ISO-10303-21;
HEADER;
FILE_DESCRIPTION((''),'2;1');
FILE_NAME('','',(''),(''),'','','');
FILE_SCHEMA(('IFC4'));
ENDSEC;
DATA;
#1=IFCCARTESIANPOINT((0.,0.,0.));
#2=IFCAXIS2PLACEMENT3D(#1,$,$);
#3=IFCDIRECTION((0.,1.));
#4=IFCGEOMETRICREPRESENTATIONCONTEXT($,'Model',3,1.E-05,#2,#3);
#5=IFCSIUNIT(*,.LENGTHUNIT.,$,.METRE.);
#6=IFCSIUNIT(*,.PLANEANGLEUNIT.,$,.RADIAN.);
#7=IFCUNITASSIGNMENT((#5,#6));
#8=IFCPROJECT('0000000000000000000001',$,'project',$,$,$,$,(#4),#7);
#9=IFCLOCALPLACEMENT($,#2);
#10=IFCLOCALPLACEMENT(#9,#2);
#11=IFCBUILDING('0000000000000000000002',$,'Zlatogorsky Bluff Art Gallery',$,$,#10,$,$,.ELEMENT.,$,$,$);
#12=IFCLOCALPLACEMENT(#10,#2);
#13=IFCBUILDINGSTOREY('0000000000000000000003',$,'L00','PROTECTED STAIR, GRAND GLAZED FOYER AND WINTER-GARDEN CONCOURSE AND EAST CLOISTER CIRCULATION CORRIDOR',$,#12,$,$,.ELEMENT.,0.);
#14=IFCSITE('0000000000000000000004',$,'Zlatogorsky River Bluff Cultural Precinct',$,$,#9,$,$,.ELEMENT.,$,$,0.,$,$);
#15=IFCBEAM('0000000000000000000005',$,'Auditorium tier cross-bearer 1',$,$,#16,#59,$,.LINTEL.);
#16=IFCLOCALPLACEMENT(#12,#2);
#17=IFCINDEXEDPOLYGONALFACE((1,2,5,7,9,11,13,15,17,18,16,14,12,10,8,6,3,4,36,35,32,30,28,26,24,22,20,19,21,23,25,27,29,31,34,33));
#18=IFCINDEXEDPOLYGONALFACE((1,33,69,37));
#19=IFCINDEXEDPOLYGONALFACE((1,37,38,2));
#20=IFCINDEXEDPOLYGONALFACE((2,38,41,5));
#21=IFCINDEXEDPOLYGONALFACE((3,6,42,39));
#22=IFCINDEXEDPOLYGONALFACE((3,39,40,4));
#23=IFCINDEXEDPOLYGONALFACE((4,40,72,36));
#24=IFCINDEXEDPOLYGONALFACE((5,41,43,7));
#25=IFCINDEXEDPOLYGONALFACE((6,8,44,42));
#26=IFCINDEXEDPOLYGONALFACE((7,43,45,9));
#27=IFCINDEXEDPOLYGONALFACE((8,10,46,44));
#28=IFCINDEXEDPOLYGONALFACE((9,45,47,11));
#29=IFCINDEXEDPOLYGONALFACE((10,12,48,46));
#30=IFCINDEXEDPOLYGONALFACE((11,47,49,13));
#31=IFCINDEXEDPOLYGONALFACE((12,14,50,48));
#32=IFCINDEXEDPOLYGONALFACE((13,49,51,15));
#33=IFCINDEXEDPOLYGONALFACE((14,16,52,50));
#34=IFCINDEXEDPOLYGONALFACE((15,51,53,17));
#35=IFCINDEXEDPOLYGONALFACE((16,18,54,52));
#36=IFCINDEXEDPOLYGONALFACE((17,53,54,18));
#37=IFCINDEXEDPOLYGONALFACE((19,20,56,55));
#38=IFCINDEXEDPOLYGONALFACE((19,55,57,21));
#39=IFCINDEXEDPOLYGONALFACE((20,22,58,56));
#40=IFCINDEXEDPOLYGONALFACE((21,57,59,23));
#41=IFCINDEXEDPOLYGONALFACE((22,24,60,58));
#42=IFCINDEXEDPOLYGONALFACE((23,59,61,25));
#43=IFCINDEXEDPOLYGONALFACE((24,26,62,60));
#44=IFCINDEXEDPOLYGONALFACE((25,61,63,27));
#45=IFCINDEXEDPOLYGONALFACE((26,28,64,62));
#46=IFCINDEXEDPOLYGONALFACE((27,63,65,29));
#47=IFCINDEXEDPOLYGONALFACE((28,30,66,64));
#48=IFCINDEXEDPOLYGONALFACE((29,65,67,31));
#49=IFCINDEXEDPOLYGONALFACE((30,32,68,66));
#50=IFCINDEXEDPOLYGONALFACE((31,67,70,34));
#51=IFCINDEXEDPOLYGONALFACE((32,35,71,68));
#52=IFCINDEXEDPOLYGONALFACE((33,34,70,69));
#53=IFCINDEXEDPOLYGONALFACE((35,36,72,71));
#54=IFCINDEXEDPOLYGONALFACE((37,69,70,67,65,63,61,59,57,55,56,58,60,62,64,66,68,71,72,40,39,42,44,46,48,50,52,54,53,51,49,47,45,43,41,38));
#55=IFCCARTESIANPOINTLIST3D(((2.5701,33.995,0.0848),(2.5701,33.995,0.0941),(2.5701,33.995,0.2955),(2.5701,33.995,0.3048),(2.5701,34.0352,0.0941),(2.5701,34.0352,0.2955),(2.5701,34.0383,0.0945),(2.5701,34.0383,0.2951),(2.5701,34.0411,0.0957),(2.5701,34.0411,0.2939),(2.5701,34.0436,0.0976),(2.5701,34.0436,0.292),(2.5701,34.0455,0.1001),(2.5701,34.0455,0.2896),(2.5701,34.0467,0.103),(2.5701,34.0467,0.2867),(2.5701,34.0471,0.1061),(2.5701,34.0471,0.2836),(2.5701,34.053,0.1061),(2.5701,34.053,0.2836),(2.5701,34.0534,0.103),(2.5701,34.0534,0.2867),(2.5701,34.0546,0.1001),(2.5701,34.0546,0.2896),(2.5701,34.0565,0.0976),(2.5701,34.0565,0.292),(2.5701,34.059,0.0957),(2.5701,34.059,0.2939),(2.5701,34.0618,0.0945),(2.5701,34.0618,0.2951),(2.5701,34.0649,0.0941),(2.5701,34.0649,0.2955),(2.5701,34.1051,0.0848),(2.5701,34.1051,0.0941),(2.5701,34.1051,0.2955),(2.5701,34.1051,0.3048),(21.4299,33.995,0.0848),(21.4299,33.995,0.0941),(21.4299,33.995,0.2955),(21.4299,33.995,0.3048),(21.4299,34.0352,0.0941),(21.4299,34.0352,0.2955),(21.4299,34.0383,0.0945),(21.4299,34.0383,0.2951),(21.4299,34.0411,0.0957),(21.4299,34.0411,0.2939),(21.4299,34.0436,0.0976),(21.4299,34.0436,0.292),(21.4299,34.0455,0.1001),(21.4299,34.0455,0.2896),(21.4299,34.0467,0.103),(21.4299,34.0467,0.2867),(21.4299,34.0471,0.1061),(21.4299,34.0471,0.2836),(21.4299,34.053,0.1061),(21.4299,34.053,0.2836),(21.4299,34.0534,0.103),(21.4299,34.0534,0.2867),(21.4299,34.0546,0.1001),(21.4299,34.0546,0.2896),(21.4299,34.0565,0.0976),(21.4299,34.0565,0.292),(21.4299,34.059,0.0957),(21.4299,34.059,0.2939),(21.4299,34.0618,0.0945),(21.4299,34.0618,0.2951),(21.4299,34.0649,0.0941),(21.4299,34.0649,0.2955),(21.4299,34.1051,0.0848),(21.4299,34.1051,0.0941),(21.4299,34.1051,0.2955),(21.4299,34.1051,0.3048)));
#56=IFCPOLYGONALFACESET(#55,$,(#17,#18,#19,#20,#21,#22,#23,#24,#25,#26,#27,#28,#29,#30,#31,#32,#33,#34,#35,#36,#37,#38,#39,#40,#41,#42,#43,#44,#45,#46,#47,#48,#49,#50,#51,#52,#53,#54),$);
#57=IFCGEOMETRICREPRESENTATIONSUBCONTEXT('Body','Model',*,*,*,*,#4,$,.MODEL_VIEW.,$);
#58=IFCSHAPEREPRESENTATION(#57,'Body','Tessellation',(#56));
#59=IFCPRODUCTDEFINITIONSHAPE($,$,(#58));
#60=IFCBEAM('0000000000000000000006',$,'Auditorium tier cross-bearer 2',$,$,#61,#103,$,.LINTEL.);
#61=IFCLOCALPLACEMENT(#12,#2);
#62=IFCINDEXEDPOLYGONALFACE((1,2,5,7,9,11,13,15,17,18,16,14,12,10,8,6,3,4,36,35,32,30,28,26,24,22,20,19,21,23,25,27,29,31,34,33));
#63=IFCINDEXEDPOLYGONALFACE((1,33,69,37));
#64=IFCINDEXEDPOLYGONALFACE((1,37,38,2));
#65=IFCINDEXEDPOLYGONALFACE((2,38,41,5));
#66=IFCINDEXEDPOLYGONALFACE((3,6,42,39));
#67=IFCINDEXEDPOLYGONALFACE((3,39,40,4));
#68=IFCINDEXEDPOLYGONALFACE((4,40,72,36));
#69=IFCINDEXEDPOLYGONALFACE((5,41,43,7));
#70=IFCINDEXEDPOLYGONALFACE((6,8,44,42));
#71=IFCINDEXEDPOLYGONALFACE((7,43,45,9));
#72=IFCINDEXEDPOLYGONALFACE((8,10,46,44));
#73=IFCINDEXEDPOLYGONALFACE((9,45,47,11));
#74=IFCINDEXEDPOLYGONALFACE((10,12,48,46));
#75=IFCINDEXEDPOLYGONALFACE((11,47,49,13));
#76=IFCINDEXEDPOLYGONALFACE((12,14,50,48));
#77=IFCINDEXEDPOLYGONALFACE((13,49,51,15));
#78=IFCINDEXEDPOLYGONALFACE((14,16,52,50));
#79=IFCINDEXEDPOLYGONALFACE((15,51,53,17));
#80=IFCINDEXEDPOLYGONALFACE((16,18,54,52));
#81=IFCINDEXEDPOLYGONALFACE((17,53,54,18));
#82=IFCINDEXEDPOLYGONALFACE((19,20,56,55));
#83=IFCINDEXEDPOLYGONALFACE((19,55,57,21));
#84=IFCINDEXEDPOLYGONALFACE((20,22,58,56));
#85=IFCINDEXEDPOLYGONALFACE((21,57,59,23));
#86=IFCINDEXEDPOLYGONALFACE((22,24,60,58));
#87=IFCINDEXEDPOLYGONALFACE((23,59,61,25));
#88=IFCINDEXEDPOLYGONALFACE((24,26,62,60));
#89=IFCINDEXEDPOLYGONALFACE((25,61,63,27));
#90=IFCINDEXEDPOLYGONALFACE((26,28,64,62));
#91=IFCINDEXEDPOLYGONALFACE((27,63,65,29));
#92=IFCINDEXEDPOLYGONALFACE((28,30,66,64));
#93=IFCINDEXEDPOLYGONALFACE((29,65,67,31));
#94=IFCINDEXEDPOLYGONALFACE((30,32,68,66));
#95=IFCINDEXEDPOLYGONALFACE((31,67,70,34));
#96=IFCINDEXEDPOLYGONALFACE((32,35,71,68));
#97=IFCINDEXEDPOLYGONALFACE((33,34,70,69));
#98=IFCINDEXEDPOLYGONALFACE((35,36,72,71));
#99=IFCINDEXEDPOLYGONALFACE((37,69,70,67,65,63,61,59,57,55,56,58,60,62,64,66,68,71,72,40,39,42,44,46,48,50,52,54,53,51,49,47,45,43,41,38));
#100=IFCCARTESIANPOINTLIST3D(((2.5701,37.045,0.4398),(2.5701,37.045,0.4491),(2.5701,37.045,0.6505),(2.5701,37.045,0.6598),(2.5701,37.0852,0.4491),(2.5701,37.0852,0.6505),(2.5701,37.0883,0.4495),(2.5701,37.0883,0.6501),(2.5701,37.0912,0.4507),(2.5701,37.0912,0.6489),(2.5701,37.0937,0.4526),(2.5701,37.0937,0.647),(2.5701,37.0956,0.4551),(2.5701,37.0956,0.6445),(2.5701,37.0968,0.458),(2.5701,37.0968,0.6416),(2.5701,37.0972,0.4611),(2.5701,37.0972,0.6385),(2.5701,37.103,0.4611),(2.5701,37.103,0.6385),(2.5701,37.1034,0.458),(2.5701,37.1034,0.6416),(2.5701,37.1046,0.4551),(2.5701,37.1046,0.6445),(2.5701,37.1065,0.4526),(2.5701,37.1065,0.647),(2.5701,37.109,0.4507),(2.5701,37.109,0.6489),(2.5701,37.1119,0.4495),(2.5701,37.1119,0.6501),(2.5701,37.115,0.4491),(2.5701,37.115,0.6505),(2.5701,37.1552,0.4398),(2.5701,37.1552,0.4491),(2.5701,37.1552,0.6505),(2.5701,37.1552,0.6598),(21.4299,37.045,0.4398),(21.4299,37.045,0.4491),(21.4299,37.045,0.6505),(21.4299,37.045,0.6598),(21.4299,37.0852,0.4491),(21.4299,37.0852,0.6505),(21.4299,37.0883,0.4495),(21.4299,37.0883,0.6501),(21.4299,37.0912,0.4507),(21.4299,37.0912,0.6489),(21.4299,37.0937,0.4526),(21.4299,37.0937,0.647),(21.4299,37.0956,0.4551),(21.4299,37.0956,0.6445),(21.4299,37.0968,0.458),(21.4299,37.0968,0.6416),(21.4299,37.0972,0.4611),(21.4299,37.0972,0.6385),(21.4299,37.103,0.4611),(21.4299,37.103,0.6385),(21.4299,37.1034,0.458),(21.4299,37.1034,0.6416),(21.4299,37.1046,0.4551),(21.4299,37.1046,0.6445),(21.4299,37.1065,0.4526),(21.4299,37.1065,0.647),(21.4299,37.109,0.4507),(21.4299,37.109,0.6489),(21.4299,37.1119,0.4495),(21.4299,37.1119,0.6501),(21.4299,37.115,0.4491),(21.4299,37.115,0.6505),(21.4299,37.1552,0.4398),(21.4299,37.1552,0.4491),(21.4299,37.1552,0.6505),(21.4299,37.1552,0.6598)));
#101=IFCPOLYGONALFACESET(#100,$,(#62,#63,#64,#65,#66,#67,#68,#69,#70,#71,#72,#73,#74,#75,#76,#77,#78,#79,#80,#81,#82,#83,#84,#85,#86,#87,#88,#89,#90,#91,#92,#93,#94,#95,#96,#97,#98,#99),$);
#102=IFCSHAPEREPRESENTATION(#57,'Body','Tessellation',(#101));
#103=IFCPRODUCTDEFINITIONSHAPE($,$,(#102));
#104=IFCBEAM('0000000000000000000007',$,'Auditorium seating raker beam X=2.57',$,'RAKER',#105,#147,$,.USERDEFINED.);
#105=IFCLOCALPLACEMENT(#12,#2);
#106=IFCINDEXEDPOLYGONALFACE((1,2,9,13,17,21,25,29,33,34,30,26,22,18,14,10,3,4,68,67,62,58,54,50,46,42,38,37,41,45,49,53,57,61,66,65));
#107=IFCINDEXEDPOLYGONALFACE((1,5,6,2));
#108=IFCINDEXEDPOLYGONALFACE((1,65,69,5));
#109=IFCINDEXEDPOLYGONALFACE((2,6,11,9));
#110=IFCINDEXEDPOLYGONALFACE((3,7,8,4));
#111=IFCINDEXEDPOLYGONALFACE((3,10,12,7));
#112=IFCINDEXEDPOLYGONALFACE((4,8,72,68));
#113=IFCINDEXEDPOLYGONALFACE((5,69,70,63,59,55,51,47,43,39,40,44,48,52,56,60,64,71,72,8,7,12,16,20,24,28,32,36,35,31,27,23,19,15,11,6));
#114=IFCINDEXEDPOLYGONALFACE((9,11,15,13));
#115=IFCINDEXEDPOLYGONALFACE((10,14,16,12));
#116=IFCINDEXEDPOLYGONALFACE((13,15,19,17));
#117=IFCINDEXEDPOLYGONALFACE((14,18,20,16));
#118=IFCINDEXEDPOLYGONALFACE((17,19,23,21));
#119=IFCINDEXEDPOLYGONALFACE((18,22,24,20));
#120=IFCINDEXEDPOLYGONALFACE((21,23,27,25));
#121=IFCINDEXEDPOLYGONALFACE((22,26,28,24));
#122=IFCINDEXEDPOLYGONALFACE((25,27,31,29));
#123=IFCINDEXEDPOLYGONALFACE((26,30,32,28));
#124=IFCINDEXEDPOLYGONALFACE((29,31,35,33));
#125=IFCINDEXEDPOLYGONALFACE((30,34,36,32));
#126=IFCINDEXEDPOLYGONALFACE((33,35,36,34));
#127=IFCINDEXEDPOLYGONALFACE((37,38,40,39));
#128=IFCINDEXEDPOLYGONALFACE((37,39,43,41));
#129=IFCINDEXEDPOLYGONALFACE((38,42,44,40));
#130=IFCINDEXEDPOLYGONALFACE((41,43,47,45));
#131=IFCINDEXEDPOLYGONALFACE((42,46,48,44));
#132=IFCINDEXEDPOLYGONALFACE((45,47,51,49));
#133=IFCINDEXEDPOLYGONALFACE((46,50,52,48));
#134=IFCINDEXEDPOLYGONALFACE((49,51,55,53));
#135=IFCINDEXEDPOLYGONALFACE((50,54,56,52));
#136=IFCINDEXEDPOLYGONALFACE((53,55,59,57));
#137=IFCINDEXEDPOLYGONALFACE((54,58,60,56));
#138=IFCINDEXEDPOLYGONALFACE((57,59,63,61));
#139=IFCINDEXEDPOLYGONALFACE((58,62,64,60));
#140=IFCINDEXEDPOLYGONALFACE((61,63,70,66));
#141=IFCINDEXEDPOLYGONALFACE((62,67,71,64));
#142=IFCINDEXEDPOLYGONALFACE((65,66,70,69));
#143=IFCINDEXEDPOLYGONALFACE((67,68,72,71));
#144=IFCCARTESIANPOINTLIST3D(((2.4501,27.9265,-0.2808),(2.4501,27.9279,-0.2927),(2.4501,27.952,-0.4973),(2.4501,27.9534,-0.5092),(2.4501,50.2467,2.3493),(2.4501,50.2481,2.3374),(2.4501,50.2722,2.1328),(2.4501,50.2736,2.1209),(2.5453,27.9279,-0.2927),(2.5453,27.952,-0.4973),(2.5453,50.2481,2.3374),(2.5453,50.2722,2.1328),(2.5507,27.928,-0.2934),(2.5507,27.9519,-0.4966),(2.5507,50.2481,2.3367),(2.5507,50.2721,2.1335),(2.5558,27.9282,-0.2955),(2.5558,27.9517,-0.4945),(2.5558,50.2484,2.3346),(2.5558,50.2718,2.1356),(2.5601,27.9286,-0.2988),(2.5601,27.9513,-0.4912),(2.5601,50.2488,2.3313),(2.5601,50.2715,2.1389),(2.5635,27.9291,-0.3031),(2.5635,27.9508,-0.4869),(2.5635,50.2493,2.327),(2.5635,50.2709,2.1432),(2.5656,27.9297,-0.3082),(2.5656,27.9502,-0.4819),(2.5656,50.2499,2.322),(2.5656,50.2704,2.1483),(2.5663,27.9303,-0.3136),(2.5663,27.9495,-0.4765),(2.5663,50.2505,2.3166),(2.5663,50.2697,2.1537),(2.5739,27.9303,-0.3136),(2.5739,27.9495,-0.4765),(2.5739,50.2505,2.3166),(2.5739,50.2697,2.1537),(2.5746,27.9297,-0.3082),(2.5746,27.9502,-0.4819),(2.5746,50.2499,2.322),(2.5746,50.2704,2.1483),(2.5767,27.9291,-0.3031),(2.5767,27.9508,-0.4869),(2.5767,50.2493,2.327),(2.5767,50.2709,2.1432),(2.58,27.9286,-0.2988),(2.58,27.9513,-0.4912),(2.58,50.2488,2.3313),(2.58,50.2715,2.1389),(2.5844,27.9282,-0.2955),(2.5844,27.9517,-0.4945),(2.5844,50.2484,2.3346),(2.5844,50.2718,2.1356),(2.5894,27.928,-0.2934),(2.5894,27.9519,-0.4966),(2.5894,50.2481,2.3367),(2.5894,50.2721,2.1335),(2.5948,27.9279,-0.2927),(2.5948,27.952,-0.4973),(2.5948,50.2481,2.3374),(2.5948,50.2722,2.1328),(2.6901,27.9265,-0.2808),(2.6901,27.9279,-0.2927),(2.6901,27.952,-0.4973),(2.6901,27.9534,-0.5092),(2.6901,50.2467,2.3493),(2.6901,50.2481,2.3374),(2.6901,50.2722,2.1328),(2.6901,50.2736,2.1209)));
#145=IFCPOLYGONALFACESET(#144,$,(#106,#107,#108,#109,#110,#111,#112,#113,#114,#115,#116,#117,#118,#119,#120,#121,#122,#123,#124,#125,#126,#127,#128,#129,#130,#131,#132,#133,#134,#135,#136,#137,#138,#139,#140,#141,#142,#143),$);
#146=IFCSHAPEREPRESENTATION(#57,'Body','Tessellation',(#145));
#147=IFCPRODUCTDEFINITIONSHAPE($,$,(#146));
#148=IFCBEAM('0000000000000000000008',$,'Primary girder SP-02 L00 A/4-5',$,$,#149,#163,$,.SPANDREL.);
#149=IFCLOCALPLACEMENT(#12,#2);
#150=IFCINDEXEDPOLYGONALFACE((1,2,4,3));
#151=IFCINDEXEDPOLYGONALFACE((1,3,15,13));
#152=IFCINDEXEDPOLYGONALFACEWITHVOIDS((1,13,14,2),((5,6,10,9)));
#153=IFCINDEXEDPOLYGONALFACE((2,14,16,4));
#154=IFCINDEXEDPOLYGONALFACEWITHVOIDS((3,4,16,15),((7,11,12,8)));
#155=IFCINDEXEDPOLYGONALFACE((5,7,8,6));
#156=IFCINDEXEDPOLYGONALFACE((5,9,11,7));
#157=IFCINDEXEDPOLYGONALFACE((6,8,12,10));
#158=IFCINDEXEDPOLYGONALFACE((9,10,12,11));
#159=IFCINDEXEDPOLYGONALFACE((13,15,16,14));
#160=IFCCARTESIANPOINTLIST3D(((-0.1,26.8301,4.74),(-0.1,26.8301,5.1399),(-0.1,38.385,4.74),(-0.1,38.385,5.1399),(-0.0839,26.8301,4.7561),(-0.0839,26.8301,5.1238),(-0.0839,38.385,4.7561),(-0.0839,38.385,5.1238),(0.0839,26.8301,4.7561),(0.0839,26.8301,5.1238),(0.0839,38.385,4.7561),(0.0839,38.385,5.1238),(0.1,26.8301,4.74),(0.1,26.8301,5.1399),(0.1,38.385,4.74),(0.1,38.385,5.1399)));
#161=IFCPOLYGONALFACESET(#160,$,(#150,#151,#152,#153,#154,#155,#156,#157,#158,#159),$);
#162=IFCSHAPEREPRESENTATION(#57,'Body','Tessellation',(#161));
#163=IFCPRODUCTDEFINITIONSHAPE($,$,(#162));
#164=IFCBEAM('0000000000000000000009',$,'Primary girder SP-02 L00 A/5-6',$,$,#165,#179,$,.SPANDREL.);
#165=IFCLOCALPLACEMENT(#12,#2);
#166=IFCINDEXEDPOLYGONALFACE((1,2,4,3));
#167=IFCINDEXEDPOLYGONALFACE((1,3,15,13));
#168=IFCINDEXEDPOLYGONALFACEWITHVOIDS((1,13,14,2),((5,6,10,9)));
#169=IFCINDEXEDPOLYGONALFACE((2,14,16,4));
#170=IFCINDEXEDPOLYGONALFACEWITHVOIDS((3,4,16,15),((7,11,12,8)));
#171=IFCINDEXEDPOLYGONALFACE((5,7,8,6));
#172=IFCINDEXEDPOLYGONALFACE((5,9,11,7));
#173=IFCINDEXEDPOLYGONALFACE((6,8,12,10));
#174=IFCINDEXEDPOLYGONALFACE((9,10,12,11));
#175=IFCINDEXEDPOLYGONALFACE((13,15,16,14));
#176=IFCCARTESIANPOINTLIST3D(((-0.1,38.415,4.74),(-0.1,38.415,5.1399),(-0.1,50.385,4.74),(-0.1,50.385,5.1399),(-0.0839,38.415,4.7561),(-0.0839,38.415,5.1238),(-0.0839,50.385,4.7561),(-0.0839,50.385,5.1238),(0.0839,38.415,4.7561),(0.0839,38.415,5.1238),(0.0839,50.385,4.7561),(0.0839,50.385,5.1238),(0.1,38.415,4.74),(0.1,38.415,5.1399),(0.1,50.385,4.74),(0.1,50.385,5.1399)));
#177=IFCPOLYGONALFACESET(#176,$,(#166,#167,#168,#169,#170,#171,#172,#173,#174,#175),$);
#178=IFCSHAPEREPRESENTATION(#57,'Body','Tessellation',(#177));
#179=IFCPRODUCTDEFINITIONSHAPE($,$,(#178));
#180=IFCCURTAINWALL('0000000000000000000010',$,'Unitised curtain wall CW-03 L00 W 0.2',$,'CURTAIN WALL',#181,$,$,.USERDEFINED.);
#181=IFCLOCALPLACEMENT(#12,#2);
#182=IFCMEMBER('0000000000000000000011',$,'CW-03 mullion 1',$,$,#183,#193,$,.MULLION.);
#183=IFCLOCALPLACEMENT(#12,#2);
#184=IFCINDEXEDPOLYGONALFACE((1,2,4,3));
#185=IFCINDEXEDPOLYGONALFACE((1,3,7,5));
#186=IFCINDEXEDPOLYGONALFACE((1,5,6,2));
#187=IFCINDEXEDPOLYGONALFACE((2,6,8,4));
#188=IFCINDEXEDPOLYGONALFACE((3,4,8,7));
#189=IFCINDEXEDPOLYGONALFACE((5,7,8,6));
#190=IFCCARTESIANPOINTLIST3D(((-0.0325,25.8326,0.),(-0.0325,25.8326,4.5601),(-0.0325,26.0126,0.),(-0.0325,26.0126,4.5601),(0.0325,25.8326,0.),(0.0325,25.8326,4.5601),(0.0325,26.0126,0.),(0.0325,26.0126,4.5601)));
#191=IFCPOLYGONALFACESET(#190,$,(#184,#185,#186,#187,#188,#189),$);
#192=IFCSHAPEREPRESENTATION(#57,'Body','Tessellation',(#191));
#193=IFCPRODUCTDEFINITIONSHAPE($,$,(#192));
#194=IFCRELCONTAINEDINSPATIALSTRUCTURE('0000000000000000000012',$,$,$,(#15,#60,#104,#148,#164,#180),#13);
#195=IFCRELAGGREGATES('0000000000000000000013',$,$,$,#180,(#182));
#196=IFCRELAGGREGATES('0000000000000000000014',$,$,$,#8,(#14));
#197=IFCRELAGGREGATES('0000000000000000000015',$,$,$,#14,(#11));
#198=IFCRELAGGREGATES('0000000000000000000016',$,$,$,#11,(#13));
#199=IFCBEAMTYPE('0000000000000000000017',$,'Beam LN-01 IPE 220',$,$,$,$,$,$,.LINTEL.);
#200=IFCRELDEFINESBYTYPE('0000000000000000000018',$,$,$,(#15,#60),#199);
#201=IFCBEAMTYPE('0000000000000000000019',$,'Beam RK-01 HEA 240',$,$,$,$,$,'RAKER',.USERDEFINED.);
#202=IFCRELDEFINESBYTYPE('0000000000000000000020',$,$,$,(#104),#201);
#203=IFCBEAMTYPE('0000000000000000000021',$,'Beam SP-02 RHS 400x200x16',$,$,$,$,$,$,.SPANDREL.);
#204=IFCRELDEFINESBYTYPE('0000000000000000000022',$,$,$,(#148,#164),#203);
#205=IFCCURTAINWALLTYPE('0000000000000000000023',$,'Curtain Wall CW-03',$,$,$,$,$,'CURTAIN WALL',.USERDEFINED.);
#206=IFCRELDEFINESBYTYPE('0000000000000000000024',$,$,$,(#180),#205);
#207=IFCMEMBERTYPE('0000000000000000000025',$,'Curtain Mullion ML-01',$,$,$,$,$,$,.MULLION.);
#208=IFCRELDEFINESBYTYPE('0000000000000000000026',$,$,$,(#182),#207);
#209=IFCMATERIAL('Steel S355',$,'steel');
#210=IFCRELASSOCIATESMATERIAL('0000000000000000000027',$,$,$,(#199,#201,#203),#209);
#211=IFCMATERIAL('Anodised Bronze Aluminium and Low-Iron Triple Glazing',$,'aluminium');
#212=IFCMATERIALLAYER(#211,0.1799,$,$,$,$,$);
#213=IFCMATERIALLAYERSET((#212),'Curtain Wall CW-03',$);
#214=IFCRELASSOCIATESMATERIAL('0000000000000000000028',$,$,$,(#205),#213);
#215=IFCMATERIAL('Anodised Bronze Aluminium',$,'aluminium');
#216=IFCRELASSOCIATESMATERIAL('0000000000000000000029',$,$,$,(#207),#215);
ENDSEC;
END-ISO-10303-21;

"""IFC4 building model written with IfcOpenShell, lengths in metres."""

from ifc_helpers import new_model, si_unit, direction, frame, origin, origin_2d, place, context, subcontext, project, spatial, rectangle, hollow_rectangle, i_section, extrude, material, layer, layer_set, material_profile, profile_set, type_object, element, aggregate, save


model = new_model("IFC4")

# Units and contexts
model_context = context("Model", 3, precision=1e-05, world=origin(), true_north=direction((0.0, 1.0)))
body_context = subcontext(model_context, "Body", "Model", "MODEL_VIEW")
ifc_project = project(units=[si_unit("LENGTHUNIT", "METRE"), si_unit("PLANEANGLEUNIT", "RADIAN")], contexts=[model_context])

# Site, building, storey
site_placement = place(None, origin())
site = spatial("IfcSite", under=ifc_project, at=site_placement, Name="Zlatogorsky River Bluff Cultural Precinct", CompositionType="ELEMENT", RefElevation=0.0)
building_placement = place(site_placement, origin())
building = spatial("IfcBuilding", under=site, at=building_placement, Name="Zlatogorsky Bluff Art Gallery", CompositionType="ELEMENT")
storey_placement = place(building_placement, origin())
storey = spatial("IfcBuildingStorey", under=building, at=storey_placement, Name="L00", Description="PROTECTED STAIR, GRAND GLAZED FOYER AND WINTER-GARDEN CONCOURSE AND EAST CLOISTER CIRCULATION CORRIDOR", CompositionType="ELEMENT", Elevation=0.0)

# Shared definitions
ifc_material_1 = material(Name="Steel S355", Category="steel")

# Beams
ifc_material_profile_1 = material_profile(ifc_material_1, i_section(OverallWidth=0.1101, OverallDepth=0.22, WebThickness=0.0059, FlangeThickness=0.0093, FilletRadius=0.012, at=origin_2d()), Name="IPE 220")
ifc_profile_set_1 = profile_set([ifc_material_profile_1], Name="Steel S355")
beam_type_1 = type_object("IfcBeamType", Name="Beam LN-01 IPE 220", PredefinedType="LINTEL", material=ifc_profile_set_1)
for number, where, z_axis, x_axis, name in (
    (1, (2.5701, 34.05, 0.1948), (1.0, 0.0, 0.0), (0.0, 1.0, 0.0), "Auditorium tier cross-bearer 1"),
    (2, (2.5701, 37.1001, 0.5498), (1.0, 0.0, 0.0), (0.0, 1.0, 0.0), "Auditorium tier cross-bearer 2"),
):
    element("IfcBeam", number, at=place(storey_placement, frame(where, z_axis=z_axis, x_axis=x_axis)), inside=storey, type_object=beam_type_1, Name=name, PredefinedType="LINTEL", context=body_context, shape_type="SweptSolid", body=[
        extrude(i_section(OverallWidth=0.1101, OverallDepth=0.22, WebThickness=0.0059, FlangeThickness=0.0093, FilletRadius=0.012, at=origin_2d()), origin(), (0.0, 0.0, 1.0), 18.8599),
    ])
ifc_material_profile_2 = material_profile(ifc_material_1, i_section(OverallWidth=0.24, OverallDepth=0.23, WebThickness=0.0076, FlangeThickness=0.012, FilletRadius=0.021, at=origin_2d()), Name="HEA 240")
ifc_profile_set_2 = profile_set([ifc_material_profile_2], Name="Steel S355")
beam_type_2 = type_object("IfcBeamType", Name="Beam RK-01 HEA 240", ElementType="RAKER", PredefinedType="USERDEFINED", material=ifc_profile_set_2)
beam_1_placement = place(storey_placement, frame((2.5701, 27.9399, -0.395), z_axis=(0.0, 0.993129, 0.117027), x_axis=(-1.0, 0.0, 0.0)))
element("IfcBeam", 3, at=beam_1_placement, inside=storey, type_object=beam_type_2, Name="Auditorium seating raker beam X=2.57", ObjectType="RAKER", PredefinedType="USERDEFINED", context=body_context, shape_type="SweptSolid", body=[
    extrude(i_section(OverallWidth=0.24, OverallDepth=0.23, WebThickness=0.0076, FlangeThickness=0.012, FilletRadius=0.021, at=origin_2d()), origin(), (0.0, 0.0, 1.0), 22.4746),
])
ifc_material_profile_3 = material_profile(ifc_material_1, hollow_rectangle(XDim=0.2, YDim=0.3999, WallThickness=0.0161, at=origin_2d()), Name="RHS 400x200x16")
ifc_profile_set_3 = profile_set([ifc_material_profile_3], Name="Steel S355")
beam_type_3 = type_object("IfcBeamType", Name="Beam SP-02 RHS 400x200x16", PredefinedType="SPANDREL", material=ifc_profile_set_3)
beam_2_placement = place(storey_placement, frame((0.0, 26.8301, 4.9399), z_axis=(0.0, 1.0, 0.0), x_axis=(-1.0, 0.0, 0.0)))
element("IfcBeam", 4, at=beam_2_placement, inside=storey, type_object=beam_type_3, Name="Primary girder SP-02 L00 A/4-5", PredefinedType="SPANDREL", context=body_context, shape_type="SweptSolid", body=[
    extrude(hollow_rectangle(XDim=0.2, YDim=0.3999, WallThickness=0.0161, at=origin_2d()), origin(), (0.0, 0.0, 1.0), 11.5549),
])
beam_3_placement = place(storey_placement, frame((0.0, 38.415, 4.9399), z_axis=(0.0, 1.0, 0.0), x_axis=(-1.0, 0.0, 0.0)))
element("IfcBeam", 5, at=beam_3_placement, inside=storey, type_object=beam_type_3, Name="Primary girder SP-02 L00 A/5-6", PredefinedType="SPANDREL", context=body_context, shape_type="SweptSolid", body=[
    extrude(hollow_rectangle(XDim=0.2, YDim=0.3999, WallThickness=0.0161, at=origin_2d()), origin(), (0.0, 0.0, 1.0), 11.97),
])

# Curtain wall, member
ifc_material_2 = material(Name="Anodised Bronze Aluminium and Low-Iron Triple Glazing", Category="aluminium")
ifc_layer_1 = layer(ifc_material_2, 0.1799)
ifc_layer_set_1 = layer_set([ifc_layer_1], Name="Curtain Wall CW-03")
curtain_wall_type = type_object("IfcCurtainWallType", Name="Curtain Wall CW-03", ElementType="CURTAIN WALL", PredefinedType="USERDEFINED", material=ifc_layer_set_1)
curtain_wall_placement = place(storey_placement, origin())
curtain_wall = element("IfcCurtainWall", 6, at=curtain_wall_placement, inside=storey, type_object=curtain_wall_type, Name="Unitised curtain wall CW-03 L00 W 0.2", ObjectType="CURTAIN WALL", PredefinedType="USERDEFINED")
ifc_material_3 = material(Name="Anodised Bronze Aluminium", Category="aluminium")
ifc_material_profile_4 = material_profile(ifc_material_3, rectangle(XDim=0.0649, YDim=0.1799, at=origin_2d()), Name="ALU MULLION 65x180")
ifc_profile_set_4 = profile_set([ifc_material_profile_4], Name="Anodised Bronze Aluminium")
member_type_1 = type_object("IfcMemberType", Name="Curtain Mullion ML-01", PredefinedType="MULLION", material=ifc_profile_set_4)
member_1_placement = place(storey_placement, frame((0.0, 25.9226, 0.0), z_axis=(0.0, 0.0, 1.0), x_axis=(1.0, 0.0, 0.0)))
member_1 = element("IfcMember", 7, at=member_1_placement, type_object=member_type_1, Name="CW-03 mullion 1", PredefinedType="MULLION", context=body_context, shape_type="SweptSolid", body=[
    extrude(rectangle(XDim=0.0649, YDim=0.1799, at=origin_2d()), origin(), (0.0, 0.0, 1.0), 4.5601),
])
aggregate(curtain_wall, [member_1])

save(model, "model.ifc")
